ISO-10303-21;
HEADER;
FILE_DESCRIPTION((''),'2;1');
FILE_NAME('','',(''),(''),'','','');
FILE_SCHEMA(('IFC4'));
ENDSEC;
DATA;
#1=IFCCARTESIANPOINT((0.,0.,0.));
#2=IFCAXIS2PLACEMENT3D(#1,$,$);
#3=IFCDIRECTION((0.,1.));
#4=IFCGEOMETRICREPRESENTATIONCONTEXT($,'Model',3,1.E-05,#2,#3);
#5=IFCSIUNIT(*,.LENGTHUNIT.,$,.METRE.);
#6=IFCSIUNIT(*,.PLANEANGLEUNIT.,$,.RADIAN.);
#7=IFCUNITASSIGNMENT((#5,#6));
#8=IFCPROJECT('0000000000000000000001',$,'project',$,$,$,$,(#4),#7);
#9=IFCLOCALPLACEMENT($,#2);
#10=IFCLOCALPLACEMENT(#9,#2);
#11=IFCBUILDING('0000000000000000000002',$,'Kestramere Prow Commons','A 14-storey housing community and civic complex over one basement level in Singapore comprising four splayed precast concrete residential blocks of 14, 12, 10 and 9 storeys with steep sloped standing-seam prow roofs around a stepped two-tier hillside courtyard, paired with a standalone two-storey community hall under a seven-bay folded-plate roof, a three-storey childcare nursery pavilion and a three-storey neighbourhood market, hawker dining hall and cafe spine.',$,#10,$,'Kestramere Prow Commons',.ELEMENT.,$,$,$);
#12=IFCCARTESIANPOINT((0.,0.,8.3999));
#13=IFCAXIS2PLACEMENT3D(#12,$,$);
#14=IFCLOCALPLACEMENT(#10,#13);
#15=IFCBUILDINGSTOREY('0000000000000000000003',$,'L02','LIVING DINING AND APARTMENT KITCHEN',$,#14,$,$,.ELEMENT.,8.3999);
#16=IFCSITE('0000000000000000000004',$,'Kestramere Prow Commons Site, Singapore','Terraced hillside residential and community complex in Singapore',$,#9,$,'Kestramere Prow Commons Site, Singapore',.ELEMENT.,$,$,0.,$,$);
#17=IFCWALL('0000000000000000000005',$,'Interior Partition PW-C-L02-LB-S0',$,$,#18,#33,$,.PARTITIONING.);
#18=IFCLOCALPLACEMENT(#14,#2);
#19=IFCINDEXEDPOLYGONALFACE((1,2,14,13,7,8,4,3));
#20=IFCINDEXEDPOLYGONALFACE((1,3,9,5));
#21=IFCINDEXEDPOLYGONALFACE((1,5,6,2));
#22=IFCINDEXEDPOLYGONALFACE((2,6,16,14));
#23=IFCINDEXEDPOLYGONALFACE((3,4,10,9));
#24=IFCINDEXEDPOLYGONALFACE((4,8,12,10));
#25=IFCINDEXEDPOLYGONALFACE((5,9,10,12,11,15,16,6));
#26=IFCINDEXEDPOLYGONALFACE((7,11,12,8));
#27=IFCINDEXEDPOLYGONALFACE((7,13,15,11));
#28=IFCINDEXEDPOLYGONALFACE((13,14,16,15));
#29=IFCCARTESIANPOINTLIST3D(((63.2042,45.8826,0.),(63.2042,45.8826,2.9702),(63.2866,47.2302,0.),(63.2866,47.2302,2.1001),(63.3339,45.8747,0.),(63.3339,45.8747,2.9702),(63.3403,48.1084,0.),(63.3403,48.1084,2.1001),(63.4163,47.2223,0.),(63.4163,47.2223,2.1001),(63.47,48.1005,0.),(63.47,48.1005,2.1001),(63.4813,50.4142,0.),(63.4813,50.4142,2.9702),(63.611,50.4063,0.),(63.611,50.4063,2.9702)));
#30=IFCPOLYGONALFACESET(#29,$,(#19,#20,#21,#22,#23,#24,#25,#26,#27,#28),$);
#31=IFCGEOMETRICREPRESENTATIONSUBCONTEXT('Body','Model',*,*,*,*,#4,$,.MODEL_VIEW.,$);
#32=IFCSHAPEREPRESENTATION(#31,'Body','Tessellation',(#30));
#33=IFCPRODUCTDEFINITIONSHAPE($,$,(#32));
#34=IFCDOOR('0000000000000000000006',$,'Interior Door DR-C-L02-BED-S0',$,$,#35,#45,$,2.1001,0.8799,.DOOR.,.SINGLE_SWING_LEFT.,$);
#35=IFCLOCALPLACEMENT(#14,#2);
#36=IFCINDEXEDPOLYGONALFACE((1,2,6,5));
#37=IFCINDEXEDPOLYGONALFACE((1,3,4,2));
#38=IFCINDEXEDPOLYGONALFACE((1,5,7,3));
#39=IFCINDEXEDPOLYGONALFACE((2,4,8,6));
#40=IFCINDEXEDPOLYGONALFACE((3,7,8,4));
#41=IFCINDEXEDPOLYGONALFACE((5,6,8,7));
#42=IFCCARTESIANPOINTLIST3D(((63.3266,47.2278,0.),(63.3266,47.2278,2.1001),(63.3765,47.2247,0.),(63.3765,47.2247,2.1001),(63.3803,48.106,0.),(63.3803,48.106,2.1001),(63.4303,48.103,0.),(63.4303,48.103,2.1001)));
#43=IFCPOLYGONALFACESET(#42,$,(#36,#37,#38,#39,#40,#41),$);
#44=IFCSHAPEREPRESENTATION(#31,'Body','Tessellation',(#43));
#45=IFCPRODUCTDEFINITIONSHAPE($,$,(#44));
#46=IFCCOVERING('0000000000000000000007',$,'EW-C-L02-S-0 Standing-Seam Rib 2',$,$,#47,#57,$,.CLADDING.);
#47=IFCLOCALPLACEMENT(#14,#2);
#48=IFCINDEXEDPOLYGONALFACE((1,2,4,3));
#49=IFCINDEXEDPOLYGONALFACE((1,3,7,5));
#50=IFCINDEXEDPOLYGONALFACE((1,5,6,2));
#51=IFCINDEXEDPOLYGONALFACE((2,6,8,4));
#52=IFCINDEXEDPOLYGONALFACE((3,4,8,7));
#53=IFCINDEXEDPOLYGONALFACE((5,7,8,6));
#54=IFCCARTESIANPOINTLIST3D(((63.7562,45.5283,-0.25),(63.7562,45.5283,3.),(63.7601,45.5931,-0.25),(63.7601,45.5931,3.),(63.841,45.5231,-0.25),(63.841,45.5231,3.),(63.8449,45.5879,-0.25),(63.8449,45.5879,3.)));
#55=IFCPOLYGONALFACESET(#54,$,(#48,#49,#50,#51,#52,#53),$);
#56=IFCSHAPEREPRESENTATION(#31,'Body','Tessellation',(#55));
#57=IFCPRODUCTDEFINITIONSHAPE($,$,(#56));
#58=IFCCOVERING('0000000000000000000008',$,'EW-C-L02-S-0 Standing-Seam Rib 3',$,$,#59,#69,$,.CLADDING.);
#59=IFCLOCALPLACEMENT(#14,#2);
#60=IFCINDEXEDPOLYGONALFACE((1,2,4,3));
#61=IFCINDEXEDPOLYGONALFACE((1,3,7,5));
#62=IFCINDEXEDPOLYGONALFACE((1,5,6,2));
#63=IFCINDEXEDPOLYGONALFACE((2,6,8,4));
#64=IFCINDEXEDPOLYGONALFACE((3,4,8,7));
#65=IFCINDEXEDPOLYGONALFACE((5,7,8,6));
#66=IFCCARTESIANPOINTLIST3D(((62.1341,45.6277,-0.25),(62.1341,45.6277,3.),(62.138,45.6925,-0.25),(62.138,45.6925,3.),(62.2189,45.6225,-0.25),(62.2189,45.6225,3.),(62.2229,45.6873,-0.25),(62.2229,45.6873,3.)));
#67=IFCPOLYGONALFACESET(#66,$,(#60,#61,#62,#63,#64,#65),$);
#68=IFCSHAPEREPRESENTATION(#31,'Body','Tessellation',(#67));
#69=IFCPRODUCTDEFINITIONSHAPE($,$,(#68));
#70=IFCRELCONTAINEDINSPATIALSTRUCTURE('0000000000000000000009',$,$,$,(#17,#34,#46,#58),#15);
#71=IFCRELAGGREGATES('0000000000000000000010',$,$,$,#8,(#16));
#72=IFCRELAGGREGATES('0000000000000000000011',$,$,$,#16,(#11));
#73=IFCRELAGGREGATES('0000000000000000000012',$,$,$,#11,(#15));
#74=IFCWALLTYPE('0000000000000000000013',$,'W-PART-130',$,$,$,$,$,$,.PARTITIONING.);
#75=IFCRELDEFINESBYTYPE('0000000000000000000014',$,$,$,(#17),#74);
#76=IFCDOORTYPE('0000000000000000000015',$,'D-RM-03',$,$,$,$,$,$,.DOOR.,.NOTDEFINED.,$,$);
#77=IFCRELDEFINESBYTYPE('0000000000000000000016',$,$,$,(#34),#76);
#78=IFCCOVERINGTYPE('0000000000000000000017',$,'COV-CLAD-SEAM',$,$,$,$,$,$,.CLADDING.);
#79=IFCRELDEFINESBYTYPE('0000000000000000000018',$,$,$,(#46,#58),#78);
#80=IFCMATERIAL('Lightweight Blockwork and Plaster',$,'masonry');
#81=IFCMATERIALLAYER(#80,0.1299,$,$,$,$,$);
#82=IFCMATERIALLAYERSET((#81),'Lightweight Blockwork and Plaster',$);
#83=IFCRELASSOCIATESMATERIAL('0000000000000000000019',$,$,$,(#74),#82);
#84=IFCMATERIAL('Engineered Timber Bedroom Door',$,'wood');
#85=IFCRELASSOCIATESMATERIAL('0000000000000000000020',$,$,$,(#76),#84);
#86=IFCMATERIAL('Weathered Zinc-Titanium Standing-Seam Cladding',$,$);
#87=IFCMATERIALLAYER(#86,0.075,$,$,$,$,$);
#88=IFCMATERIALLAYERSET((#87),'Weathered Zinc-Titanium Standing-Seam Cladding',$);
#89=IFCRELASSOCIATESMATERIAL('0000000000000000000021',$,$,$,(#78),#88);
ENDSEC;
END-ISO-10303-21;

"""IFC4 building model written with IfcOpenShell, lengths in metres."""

from ifc_helpers import new_model, si_unit, direction, frame, frame_2d, origin, origin_2d, place, context, subcontext, project, spatial, rectangle, extrude, material, layer, layer_set, type_object, element, fill, save


model = new_model("IFC4")

# Units and contexts
model_context = context("Model", 3, precision=1e-05, world=origin(), true_north=direction((0.0, 1.0)))
body_context = subcontext(model_context, "Body", "Model", "MODEL_VIEW")
ifc_project = project(units=[si_unit("LENGTHUNIT", "METRE"), si_unit("PLANEANGLEUNIT", "RADIAN")], contexts=[model_context])

# Site, building, storey
site_placement = place(None, origin())
site = spatial("IfcSite", under=ifc_project, at=site_placement, Name="Kestramere Prow Commons Site, Singapore", Description="Terraced hillside residential and community complex in Singapore", LongName="Kestramere Prow Commons Site, Singapore", CompositionType="ELEMENT", RefElevation=0.0)
building_placement = place(site_placement, origin())
building = spatial("IfcBuilding", under=site, at=building_placement, Name="Kestramere Prow Commons", Description="A 14-storey housing community and civic complex over one basement level in Singapore comprising four splayed precast concrete residential blocks of 14, 12, 10 and 9 storeys with steep sloped standing-seam prow roofs around a stepped two-tier hillside courtyard, paired with a standalone two-storey community hall under a seven-bay folded-plate roof, a three-storey childcare nursery pavilion and a three-storey neighbourhood market, hawker dining hall and cafe spine.", LongName="Kestramere Prow Commons", CompositionType="ELEMENT")
storey_placement = place(building_placement, frame((0.0, 0.0, 8.3999)))
storey = spatial("IfcBuildingStorey", under=building, at=storey_placement, Name="L02", Description="LIVING DINING AND APARTMENT KITCHEN", CompositionType="ELEMENT", Elevation=8.3999)

# Wall, opening, door
ifc_material_1 = material(Name="Lightweight Blockwork and Plaster", Category="masonry")
ifc_layer_1 = layer(ifc_material_1, 0.1299)
ifc_layer_set_1 = layer_set([ifc_layer_1], Name="Lightweight Blockwork and Plaster")
wall_type_1 = type_object("IfcWallType", Name="W-PART-130", PredefinedType="PARTITIONING", material=ifc_layer_set_1)
wall_1_placement = place(storey_placement, frame((63.269, 45.8787, 0.0), z_axis=(0.0, 0.0, 1.0), x_axis=(0.061036, 0.998136, 0.0)))
wall_1 = element("IfcWall", 1, at=wall_1_placement, inside=storey, type_object=wall_type_1, Name="Interior Partition PW-C-L02-LB-S0", PredefinedType="PARTITIONING", context=body_context, shape_type="SweptSolid", body=[
    extrude(rectangle(XDim=4.54, YDim=0.1299, at=frame_2d((2.27, 0.0))), origin(), (0.0, 0.0, 1.0), 2.9702),
])
opening_1_placement = place(wall_1_placement, frame((1.3501, 0.0, 0.0)))
opening_1 = element("IfcOpeningElement", 2, at=opening_1_placement, cuts=wall_1, PredefinedType="OPENING", context=body_context, shape_type="SweptSolid", body=[
    extrude(rectangle(XDim=0.8799, YDim=2.1001, at=frame_2d((0.4399, 1.05))), frame((0.0, 0.0798, 0.0), z_axis=(0.0, -1.0, 0.0), x_axis=(1.0, 0.0, 0.0)), (0.0, 0.0, 1.0), 0.1599),
])
ifc_material_2 = material(Name="Engineered Timber Bedroom Door", Category="wood")
door_type_1 = type_object("IfcDoorType", Name="D-RM-03", OperationType="NOTDEFINED", PredefinedType="DOOR", material=ifc_material_2)
door_1_placement = place(opening_1_placement, origin())
door_1 = element("IfcDoor", 3, at=door_1_placement, inside=storey, type_object=door_type_1, Name="Interior Door DR-C-L02-BED-S0", OperationType="SINGLE_SWING_LEFT", OverallHeight=2.1001, OverallWidth=0.8799, PredefinedType="DOOR", context=body_context, shape_type="SweptSolid", body=[
    extrude(rectangle(XDim=0.8799, YDim=2.1001, at=frame_2d((0.4399, 1.05))), frame((0.0, 0.0249, 0.0), z_axis=(0.0, -1.0, 0.0), x_axis=(1.0, 0.0, 0.0)), (0.0, 0.0, 1.0), 0.05),
])
fill(opening_1, door_1)

# Coverings
ifc_material_3 = material(Name="Weathered Zinc-Titanium Standing-Seam Cladding")
ifc_layer_2 = layer(ifc_material_3, 0.075)
ifc_layer_set_2 = layer_set([ifc_layer_2], Name="Weathered Zinc-Titanium Standing-Seam Cladding")
covering_type = type_object("IfcCoveringType", Name="COV-CLAD-SEAM", PredefinedType="CLADDING", material=ifc_layer_set_2)
for number, where, z_axis, x_axis, name in (
    (4, (63.8005, 45.5581, -0.25), (0.0, 0.0, 1.0), (-0.998135, 0.061049, 0.0), "EW-C-L02-S-0 Standing-Seam Rib 2"),
    (5, (62.1785, 45.6575, -0.25), (0.0, 0.0, 1.0), (-0.998135, 0.061049, 0.0), "EW-C-L02-S-0 Standing-Seam Rib 3"),
):
    element("IfcCovering", number, at=place(storey_placement, frame(where, z_axis=z_axis, x_axis=x_axis)), inside=storey, type_object=covering_type, Name=name, PredefinedType="CLADDING", context=body_context, shape_type="SweptSolid", body=[
        extrude(rectangle(XDim=0.085, YDim=0.0649, at=origin_2d()), origin(), (0.0, 0.0, 1.0), 3.25),
    ])

save(model, "model.ifc")
